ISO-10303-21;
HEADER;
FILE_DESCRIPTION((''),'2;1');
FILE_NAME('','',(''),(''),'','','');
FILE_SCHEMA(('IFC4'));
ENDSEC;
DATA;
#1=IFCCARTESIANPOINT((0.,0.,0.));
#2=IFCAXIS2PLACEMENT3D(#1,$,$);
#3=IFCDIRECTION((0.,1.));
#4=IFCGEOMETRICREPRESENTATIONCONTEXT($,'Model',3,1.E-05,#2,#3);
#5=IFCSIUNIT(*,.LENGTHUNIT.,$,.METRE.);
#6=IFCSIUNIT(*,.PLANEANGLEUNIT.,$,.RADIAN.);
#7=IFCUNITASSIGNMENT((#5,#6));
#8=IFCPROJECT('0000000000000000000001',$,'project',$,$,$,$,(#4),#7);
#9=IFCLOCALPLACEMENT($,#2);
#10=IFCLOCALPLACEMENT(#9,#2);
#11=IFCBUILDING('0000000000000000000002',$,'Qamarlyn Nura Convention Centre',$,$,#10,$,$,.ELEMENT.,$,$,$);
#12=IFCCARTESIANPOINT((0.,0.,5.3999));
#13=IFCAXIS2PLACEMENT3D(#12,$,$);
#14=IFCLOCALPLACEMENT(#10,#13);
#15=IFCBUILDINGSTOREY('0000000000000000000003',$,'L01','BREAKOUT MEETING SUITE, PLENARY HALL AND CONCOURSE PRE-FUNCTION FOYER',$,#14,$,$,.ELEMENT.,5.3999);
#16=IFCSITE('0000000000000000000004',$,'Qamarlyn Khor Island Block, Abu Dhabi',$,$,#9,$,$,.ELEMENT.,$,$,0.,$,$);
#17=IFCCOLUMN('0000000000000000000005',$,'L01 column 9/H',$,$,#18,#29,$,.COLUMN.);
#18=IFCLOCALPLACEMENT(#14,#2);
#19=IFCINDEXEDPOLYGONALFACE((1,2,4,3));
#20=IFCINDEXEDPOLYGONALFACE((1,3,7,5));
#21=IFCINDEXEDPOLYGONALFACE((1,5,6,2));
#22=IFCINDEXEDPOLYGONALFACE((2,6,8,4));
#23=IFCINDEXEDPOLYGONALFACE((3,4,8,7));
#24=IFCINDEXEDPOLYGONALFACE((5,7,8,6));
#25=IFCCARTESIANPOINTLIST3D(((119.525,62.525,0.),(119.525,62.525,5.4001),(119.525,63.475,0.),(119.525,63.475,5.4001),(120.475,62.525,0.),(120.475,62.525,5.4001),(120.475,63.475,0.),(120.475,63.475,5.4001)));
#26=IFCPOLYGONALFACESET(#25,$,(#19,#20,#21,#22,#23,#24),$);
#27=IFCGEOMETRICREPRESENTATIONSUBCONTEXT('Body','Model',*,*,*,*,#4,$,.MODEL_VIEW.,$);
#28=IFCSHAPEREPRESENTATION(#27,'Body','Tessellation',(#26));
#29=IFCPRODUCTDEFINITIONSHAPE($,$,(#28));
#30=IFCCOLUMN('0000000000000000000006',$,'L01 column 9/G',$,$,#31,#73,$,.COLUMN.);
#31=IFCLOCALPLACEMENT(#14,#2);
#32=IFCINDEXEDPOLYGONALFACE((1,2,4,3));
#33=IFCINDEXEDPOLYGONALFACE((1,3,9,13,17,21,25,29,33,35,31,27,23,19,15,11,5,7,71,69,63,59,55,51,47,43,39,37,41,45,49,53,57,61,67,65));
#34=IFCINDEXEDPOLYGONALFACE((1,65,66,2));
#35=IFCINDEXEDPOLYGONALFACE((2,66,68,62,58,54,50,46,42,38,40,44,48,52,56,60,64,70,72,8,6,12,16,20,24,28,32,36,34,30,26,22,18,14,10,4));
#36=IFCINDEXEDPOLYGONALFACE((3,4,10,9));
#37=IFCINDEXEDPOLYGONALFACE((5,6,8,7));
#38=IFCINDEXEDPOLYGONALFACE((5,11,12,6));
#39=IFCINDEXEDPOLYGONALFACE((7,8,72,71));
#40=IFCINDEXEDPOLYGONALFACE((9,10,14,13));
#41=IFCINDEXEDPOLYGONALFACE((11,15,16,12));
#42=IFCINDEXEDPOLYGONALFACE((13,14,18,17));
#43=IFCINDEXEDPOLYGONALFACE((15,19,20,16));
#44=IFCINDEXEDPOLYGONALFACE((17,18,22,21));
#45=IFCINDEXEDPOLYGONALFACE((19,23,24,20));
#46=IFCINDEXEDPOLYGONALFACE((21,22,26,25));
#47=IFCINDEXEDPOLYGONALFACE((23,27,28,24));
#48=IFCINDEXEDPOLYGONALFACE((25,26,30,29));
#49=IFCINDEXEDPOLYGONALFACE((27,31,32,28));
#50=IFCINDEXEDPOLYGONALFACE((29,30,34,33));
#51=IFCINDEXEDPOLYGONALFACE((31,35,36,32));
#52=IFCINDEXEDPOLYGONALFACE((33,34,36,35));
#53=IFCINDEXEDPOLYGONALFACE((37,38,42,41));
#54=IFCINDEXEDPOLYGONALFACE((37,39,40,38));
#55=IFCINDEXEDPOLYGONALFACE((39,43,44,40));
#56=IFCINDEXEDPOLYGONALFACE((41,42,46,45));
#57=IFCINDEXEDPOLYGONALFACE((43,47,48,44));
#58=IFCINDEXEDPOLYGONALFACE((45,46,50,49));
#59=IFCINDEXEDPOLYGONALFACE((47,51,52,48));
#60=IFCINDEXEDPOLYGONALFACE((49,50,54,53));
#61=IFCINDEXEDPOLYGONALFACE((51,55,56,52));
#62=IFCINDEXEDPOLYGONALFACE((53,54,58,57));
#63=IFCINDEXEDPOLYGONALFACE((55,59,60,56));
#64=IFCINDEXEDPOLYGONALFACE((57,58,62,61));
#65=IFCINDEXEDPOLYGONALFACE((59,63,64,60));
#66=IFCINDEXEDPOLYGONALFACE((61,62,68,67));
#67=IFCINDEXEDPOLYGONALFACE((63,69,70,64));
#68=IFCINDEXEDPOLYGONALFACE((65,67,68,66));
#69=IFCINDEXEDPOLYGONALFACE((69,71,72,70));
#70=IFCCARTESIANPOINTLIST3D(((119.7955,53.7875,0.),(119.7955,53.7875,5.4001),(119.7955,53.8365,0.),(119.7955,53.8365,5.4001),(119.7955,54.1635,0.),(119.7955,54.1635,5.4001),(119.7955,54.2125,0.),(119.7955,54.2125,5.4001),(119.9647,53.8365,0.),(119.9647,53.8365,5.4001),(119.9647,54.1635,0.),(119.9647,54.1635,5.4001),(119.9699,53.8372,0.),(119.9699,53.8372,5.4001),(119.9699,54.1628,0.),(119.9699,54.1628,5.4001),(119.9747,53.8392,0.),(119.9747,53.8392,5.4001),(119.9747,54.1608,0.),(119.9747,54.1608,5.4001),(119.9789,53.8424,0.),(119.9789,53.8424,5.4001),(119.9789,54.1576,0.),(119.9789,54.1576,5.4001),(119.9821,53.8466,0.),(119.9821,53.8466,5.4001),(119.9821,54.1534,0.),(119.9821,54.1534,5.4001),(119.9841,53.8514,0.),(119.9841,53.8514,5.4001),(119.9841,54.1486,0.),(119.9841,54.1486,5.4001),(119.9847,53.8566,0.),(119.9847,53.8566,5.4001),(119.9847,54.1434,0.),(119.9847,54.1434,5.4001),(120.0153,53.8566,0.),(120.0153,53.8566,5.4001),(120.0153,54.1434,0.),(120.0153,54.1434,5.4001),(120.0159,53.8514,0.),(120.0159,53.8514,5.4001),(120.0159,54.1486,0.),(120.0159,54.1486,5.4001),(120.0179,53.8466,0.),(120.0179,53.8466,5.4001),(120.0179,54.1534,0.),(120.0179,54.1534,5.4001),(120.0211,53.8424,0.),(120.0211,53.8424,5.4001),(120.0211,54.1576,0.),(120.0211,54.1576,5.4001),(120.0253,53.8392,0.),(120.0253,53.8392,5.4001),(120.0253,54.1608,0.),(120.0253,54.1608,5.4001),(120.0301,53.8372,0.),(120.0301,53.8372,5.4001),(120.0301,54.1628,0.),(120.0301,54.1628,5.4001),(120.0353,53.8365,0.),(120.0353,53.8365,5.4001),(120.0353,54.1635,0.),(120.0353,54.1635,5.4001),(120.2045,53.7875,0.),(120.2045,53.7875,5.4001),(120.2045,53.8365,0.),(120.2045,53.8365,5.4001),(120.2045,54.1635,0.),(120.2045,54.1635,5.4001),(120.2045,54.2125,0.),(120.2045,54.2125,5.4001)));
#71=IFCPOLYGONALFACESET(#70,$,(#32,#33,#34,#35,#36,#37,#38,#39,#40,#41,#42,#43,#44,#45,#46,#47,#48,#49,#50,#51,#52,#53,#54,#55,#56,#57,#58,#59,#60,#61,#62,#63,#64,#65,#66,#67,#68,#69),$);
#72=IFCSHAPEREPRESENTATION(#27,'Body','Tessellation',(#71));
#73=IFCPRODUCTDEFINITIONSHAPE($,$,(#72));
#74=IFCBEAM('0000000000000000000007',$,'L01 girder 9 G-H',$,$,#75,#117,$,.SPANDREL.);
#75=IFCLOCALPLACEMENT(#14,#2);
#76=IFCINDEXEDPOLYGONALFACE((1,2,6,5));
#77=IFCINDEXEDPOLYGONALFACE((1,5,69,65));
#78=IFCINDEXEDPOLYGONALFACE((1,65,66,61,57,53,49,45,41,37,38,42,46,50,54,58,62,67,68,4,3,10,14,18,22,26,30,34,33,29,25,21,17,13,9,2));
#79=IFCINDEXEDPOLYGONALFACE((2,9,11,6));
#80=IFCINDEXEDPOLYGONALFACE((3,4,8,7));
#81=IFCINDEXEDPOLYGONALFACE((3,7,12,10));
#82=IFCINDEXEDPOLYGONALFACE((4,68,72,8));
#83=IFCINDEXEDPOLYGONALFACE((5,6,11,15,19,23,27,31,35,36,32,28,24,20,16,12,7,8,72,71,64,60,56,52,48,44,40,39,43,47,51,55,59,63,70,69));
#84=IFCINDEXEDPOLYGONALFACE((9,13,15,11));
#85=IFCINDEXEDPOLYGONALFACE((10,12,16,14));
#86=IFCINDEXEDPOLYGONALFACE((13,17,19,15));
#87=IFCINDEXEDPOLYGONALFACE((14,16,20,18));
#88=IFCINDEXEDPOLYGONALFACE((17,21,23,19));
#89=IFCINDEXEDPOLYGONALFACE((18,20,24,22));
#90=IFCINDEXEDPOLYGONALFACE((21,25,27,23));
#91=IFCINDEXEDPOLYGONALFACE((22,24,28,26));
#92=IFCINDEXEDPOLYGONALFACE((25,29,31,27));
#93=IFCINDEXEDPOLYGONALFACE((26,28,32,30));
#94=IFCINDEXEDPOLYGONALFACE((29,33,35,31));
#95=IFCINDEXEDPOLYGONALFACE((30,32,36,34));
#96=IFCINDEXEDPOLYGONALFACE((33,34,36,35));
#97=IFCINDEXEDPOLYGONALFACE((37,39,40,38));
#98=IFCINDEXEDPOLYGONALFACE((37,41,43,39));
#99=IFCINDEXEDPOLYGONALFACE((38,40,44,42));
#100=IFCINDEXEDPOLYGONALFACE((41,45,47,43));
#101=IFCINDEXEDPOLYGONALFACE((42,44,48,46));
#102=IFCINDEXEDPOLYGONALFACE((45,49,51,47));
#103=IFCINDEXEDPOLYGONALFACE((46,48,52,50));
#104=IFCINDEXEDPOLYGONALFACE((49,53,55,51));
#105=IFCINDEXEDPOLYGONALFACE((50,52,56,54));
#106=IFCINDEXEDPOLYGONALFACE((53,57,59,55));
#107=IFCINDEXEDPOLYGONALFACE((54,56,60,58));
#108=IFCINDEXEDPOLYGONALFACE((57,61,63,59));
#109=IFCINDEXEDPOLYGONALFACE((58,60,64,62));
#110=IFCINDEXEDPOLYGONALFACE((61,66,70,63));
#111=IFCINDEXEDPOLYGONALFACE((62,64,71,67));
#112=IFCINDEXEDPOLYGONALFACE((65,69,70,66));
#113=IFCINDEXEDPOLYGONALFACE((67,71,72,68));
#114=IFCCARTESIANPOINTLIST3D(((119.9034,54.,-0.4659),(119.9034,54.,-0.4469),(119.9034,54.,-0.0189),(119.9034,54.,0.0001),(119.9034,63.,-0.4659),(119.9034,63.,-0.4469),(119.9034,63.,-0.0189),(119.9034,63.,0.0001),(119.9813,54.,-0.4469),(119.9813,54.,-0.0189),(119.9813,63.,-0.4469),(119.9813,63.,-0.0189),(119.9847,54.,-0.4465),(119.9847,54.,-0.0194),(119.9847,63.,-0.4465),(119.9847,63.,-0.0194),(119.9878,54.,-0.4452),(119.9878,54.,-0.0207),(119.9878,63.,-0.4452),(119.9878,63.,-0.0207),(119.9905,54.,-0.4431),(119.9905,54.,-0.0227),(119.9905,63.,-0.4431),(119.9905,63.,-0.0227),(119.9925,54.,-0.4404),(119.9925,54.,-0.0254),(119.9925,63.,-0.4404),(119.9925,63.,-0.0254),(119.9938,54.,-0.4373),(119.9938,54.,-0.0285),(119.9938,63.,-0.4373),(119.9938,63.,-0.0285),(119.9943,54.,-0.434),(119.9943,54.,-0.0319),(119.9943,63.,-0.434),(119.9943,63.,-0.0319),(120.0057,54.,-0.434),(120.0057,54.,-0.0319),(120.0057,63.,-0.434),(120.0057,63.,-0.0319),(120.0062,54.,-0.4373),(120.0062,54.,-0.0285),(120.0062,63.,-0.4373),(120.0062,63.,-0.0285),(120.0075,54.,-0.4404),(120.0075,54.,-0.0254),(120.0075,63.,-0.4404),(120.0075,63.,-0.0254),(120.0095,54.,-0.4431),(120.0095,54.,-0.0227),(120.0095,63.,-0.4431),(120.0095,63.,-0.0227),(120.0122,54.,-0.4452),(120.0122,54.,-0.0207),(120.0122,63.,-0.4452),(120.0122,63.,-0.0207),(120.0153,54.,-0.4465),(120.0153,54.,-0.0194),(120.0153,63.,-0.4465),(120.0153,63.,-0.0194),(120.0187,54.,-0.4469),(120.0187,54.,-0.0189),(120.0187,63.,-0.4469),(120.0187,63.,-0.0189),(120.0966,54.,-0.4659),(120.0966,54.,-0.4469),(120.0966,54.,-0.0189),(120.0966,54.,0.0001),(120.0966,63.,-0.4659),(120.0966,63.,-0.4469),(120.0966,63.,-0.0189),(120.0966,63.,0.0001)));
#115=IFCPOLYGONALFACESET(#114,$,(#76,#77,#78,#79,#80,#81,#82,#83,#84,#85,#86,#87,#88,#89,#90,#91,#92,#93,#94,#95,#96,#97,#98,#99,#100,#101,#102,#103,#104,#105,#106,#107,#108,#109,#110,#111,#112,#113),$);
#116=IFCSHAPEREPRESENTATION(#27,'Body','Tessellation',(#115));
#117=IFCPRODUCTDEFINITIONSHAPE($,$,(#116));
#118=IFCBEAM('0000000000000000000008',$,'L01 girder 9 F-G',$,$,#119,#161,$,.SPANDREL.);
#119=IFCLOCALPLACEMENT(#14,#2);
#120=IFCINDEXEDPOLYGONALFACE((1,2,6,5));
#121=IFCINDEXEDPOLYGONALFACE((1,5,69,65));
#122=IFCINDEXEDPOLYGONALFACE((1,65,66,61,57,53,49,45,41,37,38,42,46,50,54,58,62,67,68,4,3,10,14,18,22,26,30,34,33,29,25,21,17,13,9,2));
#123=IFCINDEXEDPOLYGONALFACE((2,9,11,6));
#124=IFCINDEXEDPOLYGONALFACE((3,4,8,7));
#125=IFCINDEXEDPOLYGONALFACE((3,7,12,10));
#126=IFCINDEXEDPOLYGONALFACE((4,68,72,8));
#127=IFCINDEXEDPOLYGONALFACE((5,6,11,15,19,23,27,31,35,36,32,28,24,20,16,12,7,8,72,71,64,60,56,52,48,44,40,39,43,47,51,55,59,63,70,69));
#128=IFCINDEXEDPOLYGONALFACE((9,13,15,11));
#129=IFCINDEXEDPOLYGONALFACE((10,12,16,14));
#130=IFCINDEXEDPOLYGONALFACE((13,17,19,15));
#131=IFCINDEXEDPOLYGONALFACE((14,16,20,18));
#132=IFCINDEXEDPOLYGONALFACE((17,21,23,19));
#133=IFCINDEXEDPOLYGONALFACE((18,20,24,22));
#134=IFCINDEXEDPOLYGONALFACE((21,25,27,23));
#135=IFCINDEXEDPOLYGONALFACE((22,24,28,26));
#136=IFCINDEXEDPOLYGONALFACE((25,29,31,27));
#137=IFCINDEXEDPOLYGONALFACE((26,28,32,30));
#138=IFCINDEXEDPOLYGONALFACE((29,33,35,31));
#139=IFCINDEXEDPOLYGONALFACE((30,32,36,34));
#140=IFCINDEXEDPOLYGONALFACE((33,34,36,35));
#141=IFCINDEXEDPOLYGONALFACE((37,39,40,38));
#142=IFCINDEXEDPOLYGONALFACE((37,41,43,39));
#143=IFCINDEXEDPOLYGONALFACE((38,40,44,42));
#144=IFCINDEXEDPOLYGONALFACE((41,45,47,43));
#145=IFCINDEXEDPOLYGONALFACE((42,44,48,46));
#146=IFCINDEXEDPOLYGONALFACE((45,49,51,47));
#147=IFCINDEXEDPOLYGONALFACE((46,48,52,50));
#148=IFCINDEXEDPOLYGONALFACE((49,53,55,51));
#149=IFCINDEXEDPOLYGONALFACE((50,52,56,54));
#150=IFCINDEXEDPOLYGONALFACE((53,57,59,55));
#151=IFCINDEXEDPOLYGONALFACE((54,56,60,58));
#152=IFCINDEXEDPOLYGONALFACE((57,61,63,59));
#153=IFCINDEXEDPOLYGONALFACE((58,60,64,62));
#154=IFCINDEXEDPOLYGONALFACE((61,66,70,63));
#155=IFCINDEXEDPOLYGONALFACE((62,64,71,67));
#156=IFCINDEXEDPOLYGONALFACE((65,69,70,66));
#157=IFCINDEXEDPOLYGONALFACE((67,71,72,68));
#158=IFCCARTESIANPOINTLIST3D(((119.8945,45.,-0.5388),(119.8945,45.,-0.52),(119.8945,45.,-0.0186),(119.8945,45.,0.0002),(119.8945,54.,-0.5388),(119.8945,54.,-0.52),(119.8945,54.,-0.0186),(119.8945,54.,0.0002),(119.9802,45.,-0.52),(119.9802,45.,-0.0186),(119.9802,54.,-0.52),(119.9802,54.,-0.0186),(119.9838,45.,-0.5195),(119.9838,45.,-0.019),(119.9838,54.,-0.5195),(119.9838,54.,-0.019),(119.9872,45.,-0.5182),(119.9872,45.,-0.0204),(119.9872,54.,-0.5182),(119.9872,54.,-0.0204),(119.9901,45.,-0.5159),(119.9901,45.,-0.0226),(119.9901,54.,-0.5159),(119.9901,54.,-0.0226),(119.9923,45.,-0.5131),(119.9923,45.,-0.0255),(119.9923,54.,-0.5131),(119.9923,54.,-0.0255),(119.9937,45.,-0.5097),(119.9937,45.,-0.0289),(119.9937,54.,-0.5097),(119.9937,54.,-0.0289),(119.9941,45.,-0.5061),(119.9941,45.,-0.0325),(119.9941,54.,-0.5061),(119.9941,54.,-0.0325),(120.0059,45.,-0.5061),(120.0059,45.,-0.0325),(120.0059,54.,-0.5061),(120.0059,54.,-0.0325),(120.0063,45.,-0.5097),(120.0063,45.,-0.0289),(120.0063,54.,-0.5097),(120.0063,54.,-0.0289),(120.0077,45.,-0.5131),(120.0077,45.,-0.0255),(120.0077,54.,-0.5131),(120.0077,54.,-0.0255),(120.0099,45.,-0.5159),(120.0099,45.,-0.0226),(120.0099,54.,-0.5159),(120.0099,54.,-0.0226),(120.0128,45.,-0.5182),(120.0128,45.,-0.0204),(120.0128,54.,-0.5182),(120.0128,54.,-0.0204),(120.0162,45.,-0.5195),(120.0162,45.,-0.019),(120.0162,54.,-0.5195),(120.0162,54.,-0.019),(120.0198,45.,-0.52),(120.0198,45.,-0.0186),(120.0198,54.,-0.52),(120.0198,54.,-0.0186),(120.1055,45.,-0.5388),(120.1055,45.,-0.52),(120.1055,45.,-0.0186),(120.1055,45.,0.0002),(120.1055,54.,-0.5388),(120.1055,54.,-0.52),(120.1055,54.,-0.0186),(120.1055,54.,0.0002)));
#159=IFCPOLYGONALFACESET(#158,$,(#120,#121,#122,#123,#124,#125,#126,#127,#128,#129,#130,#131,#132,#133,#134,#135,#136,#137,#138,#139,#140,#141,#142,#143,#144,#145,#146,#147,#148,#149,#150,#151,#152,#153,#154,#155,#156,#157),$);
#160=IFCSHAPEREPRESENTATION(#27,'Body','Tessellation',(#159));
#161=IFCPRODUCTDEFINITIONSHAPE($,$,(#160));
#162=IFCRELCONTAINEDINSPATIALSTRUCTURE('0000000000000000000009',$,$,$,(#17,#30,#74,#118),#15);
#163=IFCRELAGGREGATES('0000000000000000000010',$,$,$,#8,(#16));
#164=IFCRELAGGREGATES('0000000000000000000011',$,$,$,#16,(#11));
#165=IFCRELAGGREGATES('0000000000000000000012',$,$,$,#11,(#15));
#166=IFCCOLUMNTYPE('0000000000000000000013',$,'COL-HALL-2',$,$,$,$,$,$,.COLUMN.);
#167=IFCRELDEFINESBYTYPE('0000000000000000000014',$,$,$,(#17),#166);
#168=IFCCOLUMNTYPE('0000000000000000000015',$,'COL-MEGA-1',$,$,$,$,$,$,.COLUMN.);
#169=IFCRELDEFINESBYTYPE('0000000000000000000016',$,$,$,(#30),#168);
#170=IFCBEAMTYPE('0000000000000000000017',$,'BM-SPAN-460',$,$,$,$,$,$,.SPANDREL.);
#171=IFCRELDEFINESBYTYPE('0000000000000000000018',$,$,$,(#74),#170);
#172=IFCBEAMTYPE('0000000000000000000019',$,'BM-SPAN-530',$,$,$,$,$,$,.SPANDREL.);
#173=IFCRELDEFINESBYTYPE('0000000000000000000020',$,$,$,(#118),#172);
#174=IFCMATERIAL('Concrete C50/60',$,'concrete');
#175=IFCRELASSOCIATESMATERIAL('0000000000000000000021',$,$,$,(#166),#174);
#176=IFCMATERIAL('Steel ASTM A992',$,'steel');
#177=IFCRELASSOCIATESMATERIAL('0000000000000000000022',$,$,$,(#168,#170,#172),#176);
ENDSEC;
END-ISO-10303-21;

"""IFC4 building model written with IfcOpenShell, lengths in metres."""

from ifc_helpers import new_model, si_unit, direction, frame, origin, origin_2d, place, context, subcontext, project, spatial, rectangle, i_section, extrude, material, material_profile, profile_set, type_object, element, save


model = new_model("IFC4")

# Units and contexts
model_context = context("Model", 3, precision=1e-05, world=origin(), true_north=direction((0.0, 1.0)))
body_context = subcontext(model_context, "Body", "Model", "MODEL_VIEW")
ifc_project = project(units=[si_unit("LENGTHUNIT", "METRE"), si_unit("PLANEANGLEUNIT", "RADIAN")], contexts=[model_context])

# Site, building, storey
site_placement = place(None, origin())
site = spatial("IfcSite", under=ifc_project, at=site_placement, Name="Qamarlyn Khor Island Block, Abu Dhabi", CompositionType="ELEMENT", RefElevation=0.0)
building_placement = place(site_placement, origin())
building = spatial("IfcBuilding", under=site, at=building_placement, Name="Qamarlyn Nura Convention Centre", CompositionType="ELEMENT")
storey_placement = place(building_placement, frame((0.0, 0.0, 5.3999)))
storey = spatial("IfcBuildingStorey", under=building, at=storey_placement, Name="L01", Description="BREAKOUT MEETING SUITE, PLENARY HALL AND CONCOURSE PRE-FUNCTION FOYER", CompositionType="ELEMENT", Elevation=5.3999)

# Columns
ifc_material_1 = material(Name="Concrete C50/60", Category="concrete")
ifc_material_profile_1 = material_profile(ifc_material_1, rectangle(XDim=0.95, YDim=0.95, at=origin_2d()), Name="RC 950x950")
ifc_profile_set_1 = profile_set([ifc_material_profile_1], Name="Concrete C50/60")
column_type_1 = type_object("IfcColumnType", Name="COL-HALL-2", PredefinedType="COLUMN", material=ifc_profile_set_1)
column_1_placement = place(storey_placement, frame((120.0, 63.0, 0.0), z_axis=(0.0, 0.0, 1.0), x_axis=(1.0, 0.0, 0.0)))
element("IfcColumn", 1, at=column_1_placement, inside=storey, type_object=column_type_1, Name="L01 column 9/H", PredefinedType="COLUMN", context=body_context, shape_type="SweptSolid", body=[
    extrude(rectangle(XDim=0.95, YDim=0.95, at=origin_2d()), origin(), (0.0, 0.0, 1.0), 5.4001),
])
ifc_material_2 = material(Name="Steel ASTM A992", Category="steel")
ifc_material_profile_2 = material_profile(ifc_material_2, i_section(OverallWidth=0.4089, OverallDepth=0.425, WebThickness=0.0305, FlangeThickness=0.0491, FilletRadius=0.02, at=origin_2d()), Name="W360X421")
ifc_profile_set_2 = profile_set([ifc_material_profile_2], Name="Steel ASTM A992")
column_type_2 = type_object("IfcColumnType", Name="COL-MEGA-1", PredefinedType="COLUMN", material=ifc_profile_set_2)
column_2_placement = place(storey_placement, frame((120.0, 54.0, 0.0), z_axis=(0.0, 0.0, 1.0), x_axis=(1.0, 0.0, 0.0)))
element("IfcColumn", 2, at=column_2_placement, inside=storey, type_object=column_type_2, Name="L01 column 9/G", PredefinedType="COLUMN", context=body_context, shape_type="SweptSolid", body=[
    extrude(i_section(OverallWidth=0.4089, OverallDepth=0.425, WebThickness=0.0305, FlangeThickness=0.0491, FilletRadius=0.02, at=origin_2d()), origin(), (0.0, 0.0, 1.0), 5.4001),
])

# Beams
ifc_material_profile_3 = material_profile(ifc_material_2, i_section(OverallWidth=0.1931, OverallDepth=0.4661, WebThickness=0.0115, FlangeThickness=0.019, FilletRadius=0.0129, at=origin_2d()), Name="W460X97")
ifc_profile_set_3 = profile_set([ifc_material_profile_3], Name="Steel ASTM A992")
beam_type_1 = type_object("IfcBeamType", Name="BM-SPAN-460", PredefinedType="SPANDREL", material=ifc_profile_set_3)
beam_1_placement = place(storey_placement, frame((120.0, 54.0, -0.2329), z_axis=(0.0, 1.0, 0.0), x_axis=(-1.0, 0.0, 0.0)))
element("IfcBeam", 3, at=beam_1_placement, inside=storey, type_object=beam_type_1, Name="L01 girder 9 G-H", PredefinedType="SPANDREL", context=body_context, shape_type="SweptSolid", body=[
    extrude(i_section(OverallWidth=0.1931, OverallDepth=0.4661, WebThickness=0.0115, FlangeThickness=0.019, FilletRadius=0.0129, at=origin_2d()), origin(), (0.0, 0.0, 1.0), 9.0),
])
ifc_material_profile_4 = material_profile(ifc_material_2, i_section(OverallWidth=0.2109, OverallDepth=0.5391, WebThickness=0.0117, FlangeThickness=0.0188, FilletRadius=0.0139, at=origin_2d()), Name="W530X109")
ifc_profile_set_4 = profile_set([ifc_material_profile_4], Name="Steel ASTM A992")
beam_type_2 = type_object("IfcBeamType", Name="BM-SPAN-530", PredefinedType="SPANDREL", material=ifc_profile_set_4)
beam_2_placement = place(storey_placement, frame((120.0, 45.0, -0.2693), z_axis=(0.0, 1.0, 0.0), x_axis=(-1.0, 0.0, 0.0)))
element("IfcBeam", 4, at=beam_2_placement, inside=storey, type_object=beam_type_2, Name="L01 girder 9 F-G", PredefinedType="SPANDREL", context=body_context, shape_type="SweptSolid", body=[
    extrude(i_section(OverallWidth=0.2109, OverallDepth=0.5391, WebThickness=0.0117, FlangeThickness=0.0188, FilletRadius=0.0139, at=origin_2d()), origin(), (0.0, 0.0, 1.0), 9.0),
])

save(model, "model.ifc")
